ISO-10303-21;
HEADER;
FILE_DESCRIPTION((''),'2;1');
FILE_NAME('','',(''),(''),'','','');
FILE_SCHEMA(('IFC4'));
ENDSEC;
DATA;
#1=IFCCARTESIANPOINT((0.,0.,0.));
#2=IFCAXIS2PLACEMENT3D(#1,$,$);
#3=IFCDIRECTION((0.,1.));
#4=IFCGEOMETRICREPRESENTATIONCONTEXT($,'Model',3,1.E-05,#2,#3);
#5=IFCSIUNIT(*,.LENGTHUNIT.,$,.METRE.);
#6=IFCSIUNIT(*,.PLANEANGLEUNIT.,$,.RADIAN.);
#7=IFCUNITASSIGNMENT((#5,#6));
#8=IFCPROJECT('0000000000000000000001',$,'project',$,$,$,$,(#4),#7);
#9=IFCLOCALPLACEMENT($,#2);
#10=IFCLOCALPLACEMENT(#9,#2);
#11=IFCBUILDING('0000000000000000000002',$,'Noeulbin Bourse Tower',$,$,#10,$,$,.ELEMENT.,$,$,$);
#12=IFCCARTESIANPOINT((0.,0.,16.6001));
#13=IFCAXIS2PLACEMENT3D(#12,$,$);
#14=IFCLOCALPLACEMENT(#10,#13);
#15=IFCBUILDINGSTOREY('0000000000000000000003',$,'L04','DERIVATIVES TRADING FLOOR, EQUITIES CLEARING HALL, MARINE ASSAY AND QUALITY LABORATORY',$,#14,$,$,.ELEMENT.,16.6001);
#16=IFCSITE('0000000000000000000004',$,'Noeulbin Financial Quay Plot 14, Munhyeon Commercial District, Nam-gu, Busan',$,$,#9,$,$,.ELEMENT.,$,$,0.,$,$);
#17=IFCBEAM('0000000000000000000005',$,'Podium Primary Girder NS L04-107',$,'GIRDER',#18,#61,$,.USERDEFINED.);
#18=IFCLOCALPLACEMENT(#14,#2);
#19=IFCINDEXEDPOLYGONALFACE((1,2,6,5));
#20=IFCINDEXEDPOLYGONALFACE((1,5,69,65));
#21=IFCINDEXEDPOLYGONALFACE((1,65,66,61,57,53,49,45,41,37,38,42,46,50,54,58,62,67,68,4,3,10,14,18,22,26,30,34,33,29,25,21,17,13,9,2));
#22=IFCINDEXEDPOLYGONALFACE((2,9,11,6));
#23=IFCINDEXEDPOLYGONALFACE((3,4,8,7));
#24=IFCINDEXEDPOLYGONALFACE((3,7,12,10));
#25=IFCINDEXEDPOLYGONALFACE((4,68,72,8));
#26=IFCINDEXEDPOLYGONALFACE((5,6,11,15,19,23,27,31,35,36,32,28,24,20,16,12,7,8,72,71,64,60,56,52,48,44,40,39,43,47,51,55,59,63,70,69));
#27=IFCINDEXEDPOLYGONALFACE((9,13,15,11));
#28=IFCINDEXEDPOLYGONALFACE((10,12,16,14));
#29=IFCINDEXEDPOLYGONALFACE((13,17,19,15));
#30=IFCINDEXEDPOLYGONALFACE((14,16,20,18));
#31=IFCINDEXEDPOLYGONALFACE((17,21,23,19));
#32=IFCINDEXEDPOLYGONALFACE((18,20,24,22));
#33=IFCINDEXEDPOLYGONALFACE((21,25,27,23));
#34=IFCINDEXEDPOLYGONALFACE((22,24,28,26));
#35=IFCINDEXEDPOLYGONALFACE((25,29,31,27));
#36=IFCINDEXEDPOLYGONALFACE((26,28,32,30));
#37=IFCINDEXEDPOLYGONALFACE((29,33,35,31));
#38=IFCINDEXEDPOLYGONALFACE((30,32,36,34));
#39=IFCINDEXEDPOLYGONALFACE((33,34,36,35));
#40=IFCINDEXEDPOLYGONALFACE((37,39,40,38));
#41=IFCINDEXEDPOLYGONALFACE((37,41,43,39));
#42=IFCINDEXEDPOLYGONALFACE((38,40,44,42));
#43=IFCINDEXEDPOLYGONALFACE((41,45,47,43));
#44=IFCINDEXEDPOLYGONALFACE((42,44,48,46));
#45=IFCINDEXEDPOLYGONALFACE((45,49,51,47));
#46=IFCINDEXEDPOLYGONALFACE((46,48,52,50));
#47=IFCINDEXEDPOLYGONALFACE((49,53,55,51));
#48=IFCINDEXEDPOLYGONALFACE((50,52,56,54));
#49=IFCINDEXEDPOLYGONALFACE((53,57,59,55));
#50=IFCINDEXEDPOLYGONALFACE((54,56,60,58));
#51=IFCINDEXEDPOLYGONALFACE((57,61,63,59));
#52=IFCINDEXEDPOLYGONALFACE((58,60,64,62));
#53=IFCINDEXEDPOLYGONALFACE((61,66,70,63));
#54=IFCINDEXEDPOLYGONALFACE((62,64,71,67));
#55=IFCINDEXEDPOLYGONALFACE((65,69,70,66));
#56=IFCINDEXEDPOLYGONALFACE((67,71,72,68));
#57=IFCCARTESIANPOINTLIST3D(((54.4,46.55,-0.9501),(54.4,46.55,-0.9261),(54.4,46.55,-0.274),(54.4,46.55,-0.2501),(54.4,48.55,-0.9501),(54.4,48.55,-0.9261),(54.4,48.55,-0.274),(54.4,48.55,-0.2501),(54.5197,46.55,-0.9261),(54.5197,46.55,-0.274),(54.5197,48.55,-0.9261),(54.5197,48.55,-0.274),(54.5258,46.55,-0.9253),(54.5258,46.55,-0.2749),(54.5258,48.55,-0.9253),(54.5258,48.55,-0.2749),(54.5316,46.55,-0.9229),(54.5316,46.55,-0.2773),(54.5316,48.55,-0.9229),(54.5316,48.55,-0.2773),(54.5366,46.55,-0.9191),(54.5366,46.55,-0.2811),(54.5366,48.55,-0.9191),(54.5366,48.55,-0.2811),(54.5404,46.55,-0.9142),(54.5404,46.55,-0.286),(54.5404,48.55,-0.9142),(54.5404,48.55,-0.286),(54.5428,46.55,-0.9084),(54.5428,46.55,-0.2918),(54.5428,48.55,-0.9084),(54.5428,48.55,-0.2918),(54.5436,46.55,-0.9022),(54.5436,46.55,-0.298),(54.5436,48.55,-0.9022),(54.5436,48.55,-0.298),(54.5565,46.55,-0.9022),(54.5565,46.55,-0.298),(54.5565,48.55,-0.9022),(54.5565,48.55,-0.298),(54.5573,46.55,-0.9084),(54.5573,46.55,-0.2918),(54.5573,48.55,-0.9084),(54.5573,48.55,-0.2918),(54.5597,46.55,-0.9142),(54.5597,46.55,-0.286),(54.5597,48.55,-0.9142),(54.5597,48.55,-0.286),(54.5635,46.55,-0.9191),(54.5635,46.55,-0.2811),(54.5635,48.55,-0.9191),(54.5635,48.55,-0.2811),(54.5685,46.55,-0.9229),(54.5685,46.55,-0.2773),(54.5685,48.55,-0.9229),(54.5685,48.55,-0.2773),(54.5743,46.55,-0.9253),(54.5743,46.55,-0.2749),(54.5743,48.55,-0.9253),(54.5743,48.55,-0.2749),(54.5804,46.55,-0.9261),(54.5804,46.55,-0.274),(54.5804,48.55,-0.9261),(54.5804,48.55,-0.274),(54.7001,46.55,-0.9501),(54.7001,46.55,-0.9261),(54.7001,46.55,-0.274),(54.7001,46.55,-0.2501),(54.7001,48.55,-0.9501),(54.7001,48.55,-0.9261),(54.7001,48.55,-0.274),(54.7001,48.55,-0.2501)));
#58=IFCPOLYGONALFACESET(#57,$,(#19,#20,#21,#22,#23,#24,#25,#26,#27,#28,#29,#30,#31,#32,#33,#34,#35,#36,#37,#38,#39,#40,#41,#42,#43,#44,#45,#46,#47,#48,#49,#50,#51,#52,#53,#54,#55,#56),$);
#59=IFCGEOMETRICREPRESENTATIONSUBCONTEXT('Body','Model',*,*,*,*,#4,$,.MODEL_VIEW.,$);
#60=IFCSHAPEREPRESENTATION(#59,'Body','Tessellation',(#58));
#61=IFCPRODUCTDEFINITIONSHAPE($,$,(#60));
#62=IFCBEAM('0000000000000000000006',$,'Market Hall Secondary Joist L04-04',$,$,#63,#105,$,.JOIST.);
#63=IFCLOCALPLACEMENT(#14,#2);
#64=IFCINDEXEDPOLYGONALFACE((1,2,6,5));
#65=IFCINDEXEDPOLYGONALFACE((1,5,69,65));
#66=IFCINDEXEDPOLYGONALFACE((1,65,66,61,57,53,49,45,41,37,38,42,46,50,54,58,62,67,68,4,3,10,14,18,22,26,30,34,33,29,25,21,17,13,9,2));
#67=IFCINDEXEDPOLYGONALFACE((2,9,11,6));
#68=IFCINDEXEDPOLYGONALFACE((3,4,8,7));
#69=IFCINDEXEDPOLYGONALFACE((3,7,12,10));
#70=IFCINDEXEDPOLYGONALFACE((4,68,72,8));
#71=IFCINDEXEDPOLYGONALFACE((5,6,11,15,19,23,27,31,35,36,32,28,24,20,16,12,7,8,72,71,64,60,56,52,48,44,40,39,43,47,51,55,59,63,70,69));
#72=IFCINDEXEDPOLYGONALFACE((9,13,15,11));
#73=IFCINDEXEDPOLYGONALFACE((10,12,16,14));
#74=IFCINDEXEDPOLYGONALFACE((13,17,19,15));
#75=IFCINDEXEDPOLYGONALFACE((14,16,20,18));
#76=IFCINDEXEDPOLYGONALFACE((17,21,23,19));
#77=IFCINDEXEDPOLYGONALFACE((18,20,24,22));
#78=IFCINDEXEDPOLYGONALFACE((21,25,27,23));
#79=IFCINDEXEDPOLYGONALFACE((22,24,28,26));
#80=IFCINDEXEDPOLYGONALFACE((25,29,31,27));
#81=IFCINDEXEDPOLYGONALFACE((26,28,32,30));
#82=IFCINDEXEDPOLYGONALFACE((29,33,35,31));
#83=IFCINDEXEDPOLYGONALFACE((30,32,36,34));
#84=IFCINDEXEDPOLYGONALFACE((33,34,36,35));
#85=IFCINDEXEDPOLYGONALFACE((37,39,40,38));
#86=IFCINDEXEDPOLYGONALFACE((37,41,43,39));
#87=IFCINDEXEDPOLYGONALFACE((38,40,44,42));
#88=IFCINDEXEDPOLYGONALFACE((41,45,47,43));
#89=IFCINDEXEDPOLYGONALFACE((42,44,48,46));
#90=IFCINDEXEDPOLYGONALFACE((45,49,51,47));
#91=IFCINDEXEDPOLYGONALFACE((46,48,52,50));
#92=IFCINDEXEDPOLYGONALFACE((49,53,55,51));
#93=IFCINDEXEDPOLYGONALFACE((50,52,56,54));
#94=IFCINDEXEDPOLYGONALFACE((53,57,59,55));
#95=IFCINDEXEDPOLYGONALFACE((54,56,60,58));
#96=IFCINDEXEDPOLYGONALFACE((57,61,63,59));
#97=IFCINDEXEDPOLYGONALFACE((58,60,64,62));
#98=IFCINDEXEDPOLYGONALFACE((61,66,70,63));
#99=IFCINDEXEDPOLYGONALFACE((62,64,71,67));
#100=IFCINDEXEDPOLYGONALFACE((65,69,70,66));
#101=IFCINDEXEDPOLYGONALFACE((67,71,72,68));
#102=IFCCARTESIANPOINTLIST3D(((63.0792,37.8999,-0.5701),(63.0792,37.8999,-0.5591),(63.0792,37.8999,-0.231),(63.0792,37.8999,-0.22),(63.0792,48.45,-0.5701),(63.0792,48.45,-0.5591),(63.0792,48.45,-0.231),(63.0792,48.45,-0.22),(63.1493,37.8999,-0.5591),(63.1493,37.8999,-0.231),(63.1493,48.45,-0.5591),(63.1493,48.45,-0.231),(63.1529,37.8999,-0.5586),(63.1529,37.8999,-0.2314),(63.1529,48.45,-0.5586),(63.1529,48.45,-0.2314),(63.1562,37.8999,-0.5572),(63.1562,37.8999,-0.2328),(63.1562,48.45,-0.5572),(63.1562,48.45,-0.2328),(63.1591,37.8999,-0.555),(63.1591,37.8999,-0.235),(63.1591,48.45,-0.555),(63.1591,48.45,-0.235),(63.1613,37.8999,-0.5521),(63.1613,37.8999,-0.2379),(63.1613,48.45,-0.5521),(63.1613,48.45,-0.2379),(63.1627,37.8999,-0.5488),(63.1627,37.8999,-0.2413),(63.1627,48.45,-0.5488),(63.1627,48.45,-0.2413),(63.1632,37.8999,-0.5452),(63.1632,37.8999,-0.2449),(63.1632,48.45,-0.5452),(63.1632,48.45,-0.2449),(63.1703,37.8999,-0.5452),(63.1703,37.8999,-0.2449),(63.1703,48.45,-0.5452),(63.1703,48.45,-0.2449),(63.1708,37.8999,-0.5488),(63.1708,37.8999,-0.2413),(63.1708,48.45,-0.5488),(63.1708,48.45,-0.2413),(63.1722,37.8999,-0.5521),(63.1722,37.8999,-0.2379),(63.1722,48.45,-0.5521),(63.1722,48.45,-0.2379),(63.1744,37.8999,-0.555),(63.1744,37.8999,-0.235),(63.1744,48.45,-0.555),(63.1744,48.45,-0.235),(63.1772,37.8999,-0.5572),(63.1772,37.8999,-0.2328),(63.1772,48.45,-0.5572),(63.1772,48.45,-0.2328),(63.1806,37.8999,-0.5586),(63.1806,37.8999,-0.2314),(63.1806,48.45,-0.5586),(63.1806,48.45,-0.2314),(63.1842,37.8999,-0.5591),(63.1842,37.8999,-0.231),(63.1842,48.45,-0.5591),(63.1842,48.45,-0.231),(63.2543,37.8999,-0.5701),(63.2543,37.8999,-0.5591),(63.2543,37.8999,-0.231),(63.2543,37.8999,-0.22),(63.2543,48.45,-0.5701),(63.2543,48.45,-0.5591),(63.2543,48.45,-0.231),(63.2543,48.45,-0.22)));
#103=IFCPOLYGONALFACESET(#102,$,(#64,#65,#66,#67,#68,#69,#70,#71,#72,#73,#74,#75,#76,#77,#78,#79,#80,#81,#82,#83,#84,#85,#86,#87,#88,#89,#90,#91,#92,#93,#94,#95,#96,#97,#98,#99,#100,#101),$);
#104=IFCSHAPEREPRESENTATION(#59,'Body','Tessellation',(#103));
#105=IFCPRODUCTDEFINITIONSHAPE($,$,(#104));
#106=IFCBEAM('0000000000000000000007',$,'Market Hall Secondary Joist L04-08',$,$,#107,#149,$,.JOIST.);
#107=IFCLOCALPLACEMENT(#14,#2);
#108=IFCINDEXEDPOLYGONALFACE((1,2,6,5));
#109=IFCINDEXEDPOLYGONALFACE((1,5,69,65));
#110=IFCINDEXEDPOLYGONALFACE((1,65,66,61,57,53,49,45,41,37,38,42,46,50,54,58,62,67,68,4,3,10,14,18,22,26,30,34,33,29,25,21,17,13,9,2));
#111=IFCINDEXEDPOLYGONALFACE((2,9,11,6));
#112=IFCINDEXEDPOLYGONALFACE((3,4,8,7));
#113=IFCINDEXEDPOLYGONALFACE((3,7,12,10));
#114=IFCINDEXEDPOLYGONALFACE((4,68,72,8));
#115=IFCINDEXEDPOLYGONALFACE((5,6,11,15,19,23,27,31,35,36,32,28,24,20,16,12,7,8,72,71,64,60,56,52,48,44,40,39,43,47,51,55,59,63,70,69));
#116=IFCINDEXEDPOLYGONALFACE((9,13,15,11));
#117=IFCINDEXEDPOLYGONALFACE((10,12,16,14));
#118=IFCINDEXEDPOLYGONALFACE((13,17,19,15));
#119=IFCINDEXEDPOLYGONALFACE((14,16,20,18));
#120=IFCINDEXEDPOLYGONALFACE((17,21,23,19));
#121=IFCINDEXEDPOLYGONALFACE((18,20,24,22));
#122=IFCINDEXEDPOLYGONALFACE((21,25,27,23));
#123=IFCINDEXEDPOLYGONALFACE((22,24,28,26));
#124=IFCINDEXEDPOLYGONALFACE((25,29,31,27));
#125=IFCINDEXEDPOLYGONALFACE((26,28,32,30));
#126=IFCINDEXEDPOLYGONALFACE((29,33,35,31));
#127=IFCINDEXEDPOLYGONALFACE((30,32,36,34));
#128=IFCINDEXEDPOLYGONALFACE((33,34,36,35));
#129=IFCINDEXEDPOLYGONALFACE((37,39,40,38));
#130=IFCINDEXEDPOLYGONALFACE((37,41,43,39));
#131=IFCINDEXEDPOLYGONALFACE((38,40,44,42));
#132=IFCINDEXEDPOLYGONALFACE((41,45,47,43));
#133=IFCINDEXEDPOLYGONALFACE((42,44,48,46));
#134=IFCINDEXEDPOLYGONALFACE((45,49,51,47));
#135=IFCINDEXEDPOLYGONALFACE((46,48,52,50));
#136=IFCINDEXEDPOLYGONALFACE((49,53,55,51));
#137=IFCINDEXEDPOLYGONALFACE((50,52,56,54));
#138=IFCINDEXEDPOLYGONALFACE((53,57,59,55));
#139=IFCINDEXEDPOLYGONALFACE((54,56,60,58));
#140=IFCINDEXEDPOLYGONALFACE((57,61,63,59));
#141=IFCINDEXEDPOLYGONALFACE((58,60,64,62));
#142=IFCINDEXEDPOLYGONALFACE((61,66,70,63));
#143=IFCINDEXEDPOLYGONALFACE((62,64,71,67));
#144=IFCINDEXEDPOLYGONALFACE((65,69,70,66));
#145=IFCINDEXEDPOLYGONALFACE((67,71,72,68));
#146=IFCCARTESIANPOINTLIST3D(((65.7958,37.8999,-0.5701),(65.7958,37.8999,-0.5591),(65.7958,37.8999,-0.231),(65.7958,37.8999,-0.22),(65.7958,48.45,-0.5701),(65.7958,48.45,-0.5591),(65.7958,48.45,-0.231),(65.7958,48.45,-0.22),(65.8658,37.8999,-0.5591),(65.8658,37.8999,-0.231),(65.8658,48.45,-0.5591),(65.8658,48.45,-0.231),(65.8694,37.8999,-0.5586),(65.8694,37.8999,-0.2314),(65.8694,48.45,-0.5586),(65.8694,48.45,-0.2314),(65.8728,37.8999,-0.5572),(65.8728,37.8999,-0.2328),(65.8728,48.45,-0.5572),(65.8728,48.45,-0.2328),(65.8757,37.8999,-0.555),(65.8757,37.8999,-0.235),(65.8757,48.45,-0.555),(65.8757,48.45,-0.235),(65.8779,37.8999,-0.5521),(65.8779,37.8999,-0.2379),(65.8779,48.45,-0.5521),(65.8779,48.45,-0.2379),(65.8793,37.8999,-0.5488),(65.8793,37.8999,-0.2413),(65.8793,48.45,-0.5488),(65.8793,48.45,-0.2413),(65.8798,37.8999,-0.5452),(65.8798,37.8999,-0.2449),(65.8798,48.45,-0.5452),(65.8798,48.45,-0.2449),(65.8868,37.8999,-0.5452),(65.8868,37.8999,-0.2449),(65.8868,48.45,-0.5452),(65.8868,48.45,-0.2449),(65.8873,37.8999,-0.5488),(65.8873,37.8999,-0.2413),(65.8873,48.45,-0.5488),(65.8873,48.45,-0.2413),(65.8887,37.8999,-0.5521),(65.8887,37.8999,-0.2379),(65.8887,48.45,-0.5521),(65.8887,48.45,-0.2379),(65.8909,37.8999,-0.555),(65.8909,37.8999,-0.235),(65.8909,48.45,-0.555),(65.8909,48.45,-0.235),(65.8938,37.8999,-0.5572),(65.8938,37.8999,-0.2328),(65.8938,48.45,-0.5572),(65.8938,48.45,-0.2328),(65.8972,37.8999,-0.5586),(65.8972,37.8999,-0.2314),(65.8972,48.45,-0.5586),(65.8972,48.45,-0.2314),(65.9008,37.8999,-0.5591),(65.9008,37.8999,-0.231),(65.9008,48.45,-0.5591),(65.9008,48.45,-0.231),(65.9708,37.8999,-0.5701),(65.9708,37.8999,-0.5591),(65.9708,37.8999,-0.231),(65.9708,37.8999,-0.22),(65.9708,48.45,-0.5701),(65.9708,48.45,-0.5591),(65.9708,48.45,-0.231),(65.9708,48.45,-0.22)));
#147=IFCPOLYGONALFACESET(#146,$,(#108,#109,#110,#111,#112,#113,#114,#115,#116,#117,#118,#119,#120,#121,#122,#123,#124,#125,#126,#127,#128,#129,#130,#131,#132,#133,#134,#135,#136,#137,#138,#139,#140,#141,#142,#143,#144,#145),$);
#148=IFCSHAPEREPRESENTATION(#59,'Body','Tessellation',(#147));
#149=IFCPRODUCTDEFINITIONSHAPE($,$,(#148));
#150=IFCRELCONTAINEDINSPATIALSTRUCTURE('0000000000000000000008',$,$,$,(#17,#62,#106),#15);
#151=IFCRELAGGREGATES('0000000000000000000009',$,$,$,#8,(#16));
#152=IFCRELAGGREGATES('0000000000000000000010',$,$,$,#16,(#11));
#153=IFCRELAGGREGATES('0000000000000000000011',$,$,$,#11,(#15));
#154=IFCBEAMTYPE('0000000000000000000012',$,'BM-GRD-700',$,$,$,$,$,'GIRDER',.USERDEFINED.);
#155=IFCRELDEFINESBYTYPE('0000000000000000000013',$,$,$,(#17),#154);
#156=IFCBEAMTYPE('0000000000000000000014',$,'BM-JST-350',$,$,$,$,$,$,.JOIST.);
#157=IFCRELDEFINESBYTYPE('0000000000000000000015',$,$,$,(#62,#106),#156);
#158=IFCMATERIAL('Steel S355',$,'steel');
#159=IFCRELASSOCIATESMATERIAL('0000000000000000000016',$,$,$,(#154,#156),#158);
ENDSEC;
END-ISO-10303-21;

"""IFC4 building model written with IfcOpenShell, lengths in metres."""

from ifc_helpers import new_model, si_unit, direction, frame, origin, origin_2d, place, context, subcontext, project, spatial, i_section, extrude, material, material_profile, profile_set, type_object, element, save


model = new_model("IFC4")

# Units and contexts
model_context = context("Model", 3, precision=1e-05, world=origin(), true_north=direction((0.0, 1.0)))
body_context = subcontext(model_context, "Body", "Model", "MODEL_VIEW")
ifc_project = project(units=[si_unit("LENGTHUNIT", "METRE"), si_unit("PLANEANGLEUNIT", "RADIAN")], contexts=[model_context])

# Site, building, storey
site_placement = place(None, origin())
site = spatial("IfcSite", under=ifc_project, at=site_placement, Name="Noeulbin Financial Quay Plot 14, Munhyeon Commercial District, Nam-gu, Busan", CompositionType="ELEMENT", RefElevation=0.0)
building_placement = place(site_placement, origin())
building = spatial("IfcBuilding", under=site, at=building_placement, Name="Noeulbin Bourse Tower", CompositionType="ELEMENT")
storey_placement = place(building_placement, frame((0.0, 0.0, 16.6001)))
storey = spatial("IfcBuildingStorey", under=building, at=storey_placement, Name="L04", Description="DERIVATIVES TRADING FLOOR, EQUITIES CLEARING HALL, MARINE ASSAY AND QUALITY LABORATORY", CompositionType="ELEMENT", Elevation=16.6001)

# Shared definitions
ifc_material_1 = material(Name="Steel S355", Category="steel")

# Beams
ifc_material_profile_1 = material_profile(ifc_material_1, i_section(OverallWidth=0.3, OverallDepth=0.7, WebThickness=0.0129, FlangeThickness=0.0239, FilletRadius=0.0239, at=origin_2d()), Name="H-700x300x13x24", Category="LoadBearing")
ifc_profile_set_1 = profile_set([ifc_material_profile_1], Name="Steel S355")
beam_type_1 = type_object("IfcBeamType", Name="BM-GRD-700", ElementType="GIRDER", PredefinedType="USERDEFINED", material=ifc_profile_set_1)
beam_1_placement = place(storey_placement, frame((54.55, 46.55, -0.6001), z_axis=(0.0, 1.0, 0.0), x_axis=(-1.0, 0.0, 0.0)))
element("IfcBeam", 1, at=beam_1_placement, inside=storey, type_object=beam_type_1, Name="Podium Primary Girder NS L04-107", ObjectType="GIRDER", PredefinedType="USERDEFINED", context=body_context, shape_type="SweptSolid", body=[
    extrude(i_section(OverallWidth=0.3, OverallDepth=0.7, WebThickness=0.0129, FlangeThickness=0.0239, FilletRadius=0.0239, at=origin_2d()), origin(), (0.0, 0.0, 1.0), 2.0),
])
ifc_material_profile_2 = material_profile(ifc_material_1, i_section(OverallWidth=0.175, OverallDepth=0.3501, WebThickness=0.0071, FlangeThickness=0.011, FilletRadius=0.0139, at=origin_2d()), Name="H-350x175x7x11", Category="LoadBearing")
ifc_profile_set_2 = profile_set([ifc_material_profile_2], Name="Steel S355")
beam_type_2 = type_object("IfcBeamType", Name="BM-JST-350", PredefinedType="JOIST", material=ifc_profile_set_2)
for number, where, z_axis, x_axis, name in (
    (2, (63.1667, 37.8999, -0.395), (0.0, 1.0, 0.0), (-1.0, 0.0, 0.0), "Market Hall Secondary Joist L04-04"),
    (3, (65.8833, 37.8999, -0.395), (0.0, 1.0, 0.0), (-1.0, 0.0, 0.0), "Market Hall Secondary Joist L04-08"),
):
    element("IfcBeam", number, at=place(storey_placement, frame(where, z_axis=z_axis, x_axis=x_axis)), inside=storey, type_object=beam_type_2, Name=name, PredefinedType="JOIST", context=body_context, shape_type="SweptSolid", body=[
        extrude(i_section(OverallWidth=0.175, OverallDepth=0.3501, WebThickness=0.0071, FlangeThickness=0.011, FilletRadius=0.0139, at=origin_2d()), origin(), (0.0, 0.0, 1.0), 10.55),
    ])

save(model, "model.ifc")
